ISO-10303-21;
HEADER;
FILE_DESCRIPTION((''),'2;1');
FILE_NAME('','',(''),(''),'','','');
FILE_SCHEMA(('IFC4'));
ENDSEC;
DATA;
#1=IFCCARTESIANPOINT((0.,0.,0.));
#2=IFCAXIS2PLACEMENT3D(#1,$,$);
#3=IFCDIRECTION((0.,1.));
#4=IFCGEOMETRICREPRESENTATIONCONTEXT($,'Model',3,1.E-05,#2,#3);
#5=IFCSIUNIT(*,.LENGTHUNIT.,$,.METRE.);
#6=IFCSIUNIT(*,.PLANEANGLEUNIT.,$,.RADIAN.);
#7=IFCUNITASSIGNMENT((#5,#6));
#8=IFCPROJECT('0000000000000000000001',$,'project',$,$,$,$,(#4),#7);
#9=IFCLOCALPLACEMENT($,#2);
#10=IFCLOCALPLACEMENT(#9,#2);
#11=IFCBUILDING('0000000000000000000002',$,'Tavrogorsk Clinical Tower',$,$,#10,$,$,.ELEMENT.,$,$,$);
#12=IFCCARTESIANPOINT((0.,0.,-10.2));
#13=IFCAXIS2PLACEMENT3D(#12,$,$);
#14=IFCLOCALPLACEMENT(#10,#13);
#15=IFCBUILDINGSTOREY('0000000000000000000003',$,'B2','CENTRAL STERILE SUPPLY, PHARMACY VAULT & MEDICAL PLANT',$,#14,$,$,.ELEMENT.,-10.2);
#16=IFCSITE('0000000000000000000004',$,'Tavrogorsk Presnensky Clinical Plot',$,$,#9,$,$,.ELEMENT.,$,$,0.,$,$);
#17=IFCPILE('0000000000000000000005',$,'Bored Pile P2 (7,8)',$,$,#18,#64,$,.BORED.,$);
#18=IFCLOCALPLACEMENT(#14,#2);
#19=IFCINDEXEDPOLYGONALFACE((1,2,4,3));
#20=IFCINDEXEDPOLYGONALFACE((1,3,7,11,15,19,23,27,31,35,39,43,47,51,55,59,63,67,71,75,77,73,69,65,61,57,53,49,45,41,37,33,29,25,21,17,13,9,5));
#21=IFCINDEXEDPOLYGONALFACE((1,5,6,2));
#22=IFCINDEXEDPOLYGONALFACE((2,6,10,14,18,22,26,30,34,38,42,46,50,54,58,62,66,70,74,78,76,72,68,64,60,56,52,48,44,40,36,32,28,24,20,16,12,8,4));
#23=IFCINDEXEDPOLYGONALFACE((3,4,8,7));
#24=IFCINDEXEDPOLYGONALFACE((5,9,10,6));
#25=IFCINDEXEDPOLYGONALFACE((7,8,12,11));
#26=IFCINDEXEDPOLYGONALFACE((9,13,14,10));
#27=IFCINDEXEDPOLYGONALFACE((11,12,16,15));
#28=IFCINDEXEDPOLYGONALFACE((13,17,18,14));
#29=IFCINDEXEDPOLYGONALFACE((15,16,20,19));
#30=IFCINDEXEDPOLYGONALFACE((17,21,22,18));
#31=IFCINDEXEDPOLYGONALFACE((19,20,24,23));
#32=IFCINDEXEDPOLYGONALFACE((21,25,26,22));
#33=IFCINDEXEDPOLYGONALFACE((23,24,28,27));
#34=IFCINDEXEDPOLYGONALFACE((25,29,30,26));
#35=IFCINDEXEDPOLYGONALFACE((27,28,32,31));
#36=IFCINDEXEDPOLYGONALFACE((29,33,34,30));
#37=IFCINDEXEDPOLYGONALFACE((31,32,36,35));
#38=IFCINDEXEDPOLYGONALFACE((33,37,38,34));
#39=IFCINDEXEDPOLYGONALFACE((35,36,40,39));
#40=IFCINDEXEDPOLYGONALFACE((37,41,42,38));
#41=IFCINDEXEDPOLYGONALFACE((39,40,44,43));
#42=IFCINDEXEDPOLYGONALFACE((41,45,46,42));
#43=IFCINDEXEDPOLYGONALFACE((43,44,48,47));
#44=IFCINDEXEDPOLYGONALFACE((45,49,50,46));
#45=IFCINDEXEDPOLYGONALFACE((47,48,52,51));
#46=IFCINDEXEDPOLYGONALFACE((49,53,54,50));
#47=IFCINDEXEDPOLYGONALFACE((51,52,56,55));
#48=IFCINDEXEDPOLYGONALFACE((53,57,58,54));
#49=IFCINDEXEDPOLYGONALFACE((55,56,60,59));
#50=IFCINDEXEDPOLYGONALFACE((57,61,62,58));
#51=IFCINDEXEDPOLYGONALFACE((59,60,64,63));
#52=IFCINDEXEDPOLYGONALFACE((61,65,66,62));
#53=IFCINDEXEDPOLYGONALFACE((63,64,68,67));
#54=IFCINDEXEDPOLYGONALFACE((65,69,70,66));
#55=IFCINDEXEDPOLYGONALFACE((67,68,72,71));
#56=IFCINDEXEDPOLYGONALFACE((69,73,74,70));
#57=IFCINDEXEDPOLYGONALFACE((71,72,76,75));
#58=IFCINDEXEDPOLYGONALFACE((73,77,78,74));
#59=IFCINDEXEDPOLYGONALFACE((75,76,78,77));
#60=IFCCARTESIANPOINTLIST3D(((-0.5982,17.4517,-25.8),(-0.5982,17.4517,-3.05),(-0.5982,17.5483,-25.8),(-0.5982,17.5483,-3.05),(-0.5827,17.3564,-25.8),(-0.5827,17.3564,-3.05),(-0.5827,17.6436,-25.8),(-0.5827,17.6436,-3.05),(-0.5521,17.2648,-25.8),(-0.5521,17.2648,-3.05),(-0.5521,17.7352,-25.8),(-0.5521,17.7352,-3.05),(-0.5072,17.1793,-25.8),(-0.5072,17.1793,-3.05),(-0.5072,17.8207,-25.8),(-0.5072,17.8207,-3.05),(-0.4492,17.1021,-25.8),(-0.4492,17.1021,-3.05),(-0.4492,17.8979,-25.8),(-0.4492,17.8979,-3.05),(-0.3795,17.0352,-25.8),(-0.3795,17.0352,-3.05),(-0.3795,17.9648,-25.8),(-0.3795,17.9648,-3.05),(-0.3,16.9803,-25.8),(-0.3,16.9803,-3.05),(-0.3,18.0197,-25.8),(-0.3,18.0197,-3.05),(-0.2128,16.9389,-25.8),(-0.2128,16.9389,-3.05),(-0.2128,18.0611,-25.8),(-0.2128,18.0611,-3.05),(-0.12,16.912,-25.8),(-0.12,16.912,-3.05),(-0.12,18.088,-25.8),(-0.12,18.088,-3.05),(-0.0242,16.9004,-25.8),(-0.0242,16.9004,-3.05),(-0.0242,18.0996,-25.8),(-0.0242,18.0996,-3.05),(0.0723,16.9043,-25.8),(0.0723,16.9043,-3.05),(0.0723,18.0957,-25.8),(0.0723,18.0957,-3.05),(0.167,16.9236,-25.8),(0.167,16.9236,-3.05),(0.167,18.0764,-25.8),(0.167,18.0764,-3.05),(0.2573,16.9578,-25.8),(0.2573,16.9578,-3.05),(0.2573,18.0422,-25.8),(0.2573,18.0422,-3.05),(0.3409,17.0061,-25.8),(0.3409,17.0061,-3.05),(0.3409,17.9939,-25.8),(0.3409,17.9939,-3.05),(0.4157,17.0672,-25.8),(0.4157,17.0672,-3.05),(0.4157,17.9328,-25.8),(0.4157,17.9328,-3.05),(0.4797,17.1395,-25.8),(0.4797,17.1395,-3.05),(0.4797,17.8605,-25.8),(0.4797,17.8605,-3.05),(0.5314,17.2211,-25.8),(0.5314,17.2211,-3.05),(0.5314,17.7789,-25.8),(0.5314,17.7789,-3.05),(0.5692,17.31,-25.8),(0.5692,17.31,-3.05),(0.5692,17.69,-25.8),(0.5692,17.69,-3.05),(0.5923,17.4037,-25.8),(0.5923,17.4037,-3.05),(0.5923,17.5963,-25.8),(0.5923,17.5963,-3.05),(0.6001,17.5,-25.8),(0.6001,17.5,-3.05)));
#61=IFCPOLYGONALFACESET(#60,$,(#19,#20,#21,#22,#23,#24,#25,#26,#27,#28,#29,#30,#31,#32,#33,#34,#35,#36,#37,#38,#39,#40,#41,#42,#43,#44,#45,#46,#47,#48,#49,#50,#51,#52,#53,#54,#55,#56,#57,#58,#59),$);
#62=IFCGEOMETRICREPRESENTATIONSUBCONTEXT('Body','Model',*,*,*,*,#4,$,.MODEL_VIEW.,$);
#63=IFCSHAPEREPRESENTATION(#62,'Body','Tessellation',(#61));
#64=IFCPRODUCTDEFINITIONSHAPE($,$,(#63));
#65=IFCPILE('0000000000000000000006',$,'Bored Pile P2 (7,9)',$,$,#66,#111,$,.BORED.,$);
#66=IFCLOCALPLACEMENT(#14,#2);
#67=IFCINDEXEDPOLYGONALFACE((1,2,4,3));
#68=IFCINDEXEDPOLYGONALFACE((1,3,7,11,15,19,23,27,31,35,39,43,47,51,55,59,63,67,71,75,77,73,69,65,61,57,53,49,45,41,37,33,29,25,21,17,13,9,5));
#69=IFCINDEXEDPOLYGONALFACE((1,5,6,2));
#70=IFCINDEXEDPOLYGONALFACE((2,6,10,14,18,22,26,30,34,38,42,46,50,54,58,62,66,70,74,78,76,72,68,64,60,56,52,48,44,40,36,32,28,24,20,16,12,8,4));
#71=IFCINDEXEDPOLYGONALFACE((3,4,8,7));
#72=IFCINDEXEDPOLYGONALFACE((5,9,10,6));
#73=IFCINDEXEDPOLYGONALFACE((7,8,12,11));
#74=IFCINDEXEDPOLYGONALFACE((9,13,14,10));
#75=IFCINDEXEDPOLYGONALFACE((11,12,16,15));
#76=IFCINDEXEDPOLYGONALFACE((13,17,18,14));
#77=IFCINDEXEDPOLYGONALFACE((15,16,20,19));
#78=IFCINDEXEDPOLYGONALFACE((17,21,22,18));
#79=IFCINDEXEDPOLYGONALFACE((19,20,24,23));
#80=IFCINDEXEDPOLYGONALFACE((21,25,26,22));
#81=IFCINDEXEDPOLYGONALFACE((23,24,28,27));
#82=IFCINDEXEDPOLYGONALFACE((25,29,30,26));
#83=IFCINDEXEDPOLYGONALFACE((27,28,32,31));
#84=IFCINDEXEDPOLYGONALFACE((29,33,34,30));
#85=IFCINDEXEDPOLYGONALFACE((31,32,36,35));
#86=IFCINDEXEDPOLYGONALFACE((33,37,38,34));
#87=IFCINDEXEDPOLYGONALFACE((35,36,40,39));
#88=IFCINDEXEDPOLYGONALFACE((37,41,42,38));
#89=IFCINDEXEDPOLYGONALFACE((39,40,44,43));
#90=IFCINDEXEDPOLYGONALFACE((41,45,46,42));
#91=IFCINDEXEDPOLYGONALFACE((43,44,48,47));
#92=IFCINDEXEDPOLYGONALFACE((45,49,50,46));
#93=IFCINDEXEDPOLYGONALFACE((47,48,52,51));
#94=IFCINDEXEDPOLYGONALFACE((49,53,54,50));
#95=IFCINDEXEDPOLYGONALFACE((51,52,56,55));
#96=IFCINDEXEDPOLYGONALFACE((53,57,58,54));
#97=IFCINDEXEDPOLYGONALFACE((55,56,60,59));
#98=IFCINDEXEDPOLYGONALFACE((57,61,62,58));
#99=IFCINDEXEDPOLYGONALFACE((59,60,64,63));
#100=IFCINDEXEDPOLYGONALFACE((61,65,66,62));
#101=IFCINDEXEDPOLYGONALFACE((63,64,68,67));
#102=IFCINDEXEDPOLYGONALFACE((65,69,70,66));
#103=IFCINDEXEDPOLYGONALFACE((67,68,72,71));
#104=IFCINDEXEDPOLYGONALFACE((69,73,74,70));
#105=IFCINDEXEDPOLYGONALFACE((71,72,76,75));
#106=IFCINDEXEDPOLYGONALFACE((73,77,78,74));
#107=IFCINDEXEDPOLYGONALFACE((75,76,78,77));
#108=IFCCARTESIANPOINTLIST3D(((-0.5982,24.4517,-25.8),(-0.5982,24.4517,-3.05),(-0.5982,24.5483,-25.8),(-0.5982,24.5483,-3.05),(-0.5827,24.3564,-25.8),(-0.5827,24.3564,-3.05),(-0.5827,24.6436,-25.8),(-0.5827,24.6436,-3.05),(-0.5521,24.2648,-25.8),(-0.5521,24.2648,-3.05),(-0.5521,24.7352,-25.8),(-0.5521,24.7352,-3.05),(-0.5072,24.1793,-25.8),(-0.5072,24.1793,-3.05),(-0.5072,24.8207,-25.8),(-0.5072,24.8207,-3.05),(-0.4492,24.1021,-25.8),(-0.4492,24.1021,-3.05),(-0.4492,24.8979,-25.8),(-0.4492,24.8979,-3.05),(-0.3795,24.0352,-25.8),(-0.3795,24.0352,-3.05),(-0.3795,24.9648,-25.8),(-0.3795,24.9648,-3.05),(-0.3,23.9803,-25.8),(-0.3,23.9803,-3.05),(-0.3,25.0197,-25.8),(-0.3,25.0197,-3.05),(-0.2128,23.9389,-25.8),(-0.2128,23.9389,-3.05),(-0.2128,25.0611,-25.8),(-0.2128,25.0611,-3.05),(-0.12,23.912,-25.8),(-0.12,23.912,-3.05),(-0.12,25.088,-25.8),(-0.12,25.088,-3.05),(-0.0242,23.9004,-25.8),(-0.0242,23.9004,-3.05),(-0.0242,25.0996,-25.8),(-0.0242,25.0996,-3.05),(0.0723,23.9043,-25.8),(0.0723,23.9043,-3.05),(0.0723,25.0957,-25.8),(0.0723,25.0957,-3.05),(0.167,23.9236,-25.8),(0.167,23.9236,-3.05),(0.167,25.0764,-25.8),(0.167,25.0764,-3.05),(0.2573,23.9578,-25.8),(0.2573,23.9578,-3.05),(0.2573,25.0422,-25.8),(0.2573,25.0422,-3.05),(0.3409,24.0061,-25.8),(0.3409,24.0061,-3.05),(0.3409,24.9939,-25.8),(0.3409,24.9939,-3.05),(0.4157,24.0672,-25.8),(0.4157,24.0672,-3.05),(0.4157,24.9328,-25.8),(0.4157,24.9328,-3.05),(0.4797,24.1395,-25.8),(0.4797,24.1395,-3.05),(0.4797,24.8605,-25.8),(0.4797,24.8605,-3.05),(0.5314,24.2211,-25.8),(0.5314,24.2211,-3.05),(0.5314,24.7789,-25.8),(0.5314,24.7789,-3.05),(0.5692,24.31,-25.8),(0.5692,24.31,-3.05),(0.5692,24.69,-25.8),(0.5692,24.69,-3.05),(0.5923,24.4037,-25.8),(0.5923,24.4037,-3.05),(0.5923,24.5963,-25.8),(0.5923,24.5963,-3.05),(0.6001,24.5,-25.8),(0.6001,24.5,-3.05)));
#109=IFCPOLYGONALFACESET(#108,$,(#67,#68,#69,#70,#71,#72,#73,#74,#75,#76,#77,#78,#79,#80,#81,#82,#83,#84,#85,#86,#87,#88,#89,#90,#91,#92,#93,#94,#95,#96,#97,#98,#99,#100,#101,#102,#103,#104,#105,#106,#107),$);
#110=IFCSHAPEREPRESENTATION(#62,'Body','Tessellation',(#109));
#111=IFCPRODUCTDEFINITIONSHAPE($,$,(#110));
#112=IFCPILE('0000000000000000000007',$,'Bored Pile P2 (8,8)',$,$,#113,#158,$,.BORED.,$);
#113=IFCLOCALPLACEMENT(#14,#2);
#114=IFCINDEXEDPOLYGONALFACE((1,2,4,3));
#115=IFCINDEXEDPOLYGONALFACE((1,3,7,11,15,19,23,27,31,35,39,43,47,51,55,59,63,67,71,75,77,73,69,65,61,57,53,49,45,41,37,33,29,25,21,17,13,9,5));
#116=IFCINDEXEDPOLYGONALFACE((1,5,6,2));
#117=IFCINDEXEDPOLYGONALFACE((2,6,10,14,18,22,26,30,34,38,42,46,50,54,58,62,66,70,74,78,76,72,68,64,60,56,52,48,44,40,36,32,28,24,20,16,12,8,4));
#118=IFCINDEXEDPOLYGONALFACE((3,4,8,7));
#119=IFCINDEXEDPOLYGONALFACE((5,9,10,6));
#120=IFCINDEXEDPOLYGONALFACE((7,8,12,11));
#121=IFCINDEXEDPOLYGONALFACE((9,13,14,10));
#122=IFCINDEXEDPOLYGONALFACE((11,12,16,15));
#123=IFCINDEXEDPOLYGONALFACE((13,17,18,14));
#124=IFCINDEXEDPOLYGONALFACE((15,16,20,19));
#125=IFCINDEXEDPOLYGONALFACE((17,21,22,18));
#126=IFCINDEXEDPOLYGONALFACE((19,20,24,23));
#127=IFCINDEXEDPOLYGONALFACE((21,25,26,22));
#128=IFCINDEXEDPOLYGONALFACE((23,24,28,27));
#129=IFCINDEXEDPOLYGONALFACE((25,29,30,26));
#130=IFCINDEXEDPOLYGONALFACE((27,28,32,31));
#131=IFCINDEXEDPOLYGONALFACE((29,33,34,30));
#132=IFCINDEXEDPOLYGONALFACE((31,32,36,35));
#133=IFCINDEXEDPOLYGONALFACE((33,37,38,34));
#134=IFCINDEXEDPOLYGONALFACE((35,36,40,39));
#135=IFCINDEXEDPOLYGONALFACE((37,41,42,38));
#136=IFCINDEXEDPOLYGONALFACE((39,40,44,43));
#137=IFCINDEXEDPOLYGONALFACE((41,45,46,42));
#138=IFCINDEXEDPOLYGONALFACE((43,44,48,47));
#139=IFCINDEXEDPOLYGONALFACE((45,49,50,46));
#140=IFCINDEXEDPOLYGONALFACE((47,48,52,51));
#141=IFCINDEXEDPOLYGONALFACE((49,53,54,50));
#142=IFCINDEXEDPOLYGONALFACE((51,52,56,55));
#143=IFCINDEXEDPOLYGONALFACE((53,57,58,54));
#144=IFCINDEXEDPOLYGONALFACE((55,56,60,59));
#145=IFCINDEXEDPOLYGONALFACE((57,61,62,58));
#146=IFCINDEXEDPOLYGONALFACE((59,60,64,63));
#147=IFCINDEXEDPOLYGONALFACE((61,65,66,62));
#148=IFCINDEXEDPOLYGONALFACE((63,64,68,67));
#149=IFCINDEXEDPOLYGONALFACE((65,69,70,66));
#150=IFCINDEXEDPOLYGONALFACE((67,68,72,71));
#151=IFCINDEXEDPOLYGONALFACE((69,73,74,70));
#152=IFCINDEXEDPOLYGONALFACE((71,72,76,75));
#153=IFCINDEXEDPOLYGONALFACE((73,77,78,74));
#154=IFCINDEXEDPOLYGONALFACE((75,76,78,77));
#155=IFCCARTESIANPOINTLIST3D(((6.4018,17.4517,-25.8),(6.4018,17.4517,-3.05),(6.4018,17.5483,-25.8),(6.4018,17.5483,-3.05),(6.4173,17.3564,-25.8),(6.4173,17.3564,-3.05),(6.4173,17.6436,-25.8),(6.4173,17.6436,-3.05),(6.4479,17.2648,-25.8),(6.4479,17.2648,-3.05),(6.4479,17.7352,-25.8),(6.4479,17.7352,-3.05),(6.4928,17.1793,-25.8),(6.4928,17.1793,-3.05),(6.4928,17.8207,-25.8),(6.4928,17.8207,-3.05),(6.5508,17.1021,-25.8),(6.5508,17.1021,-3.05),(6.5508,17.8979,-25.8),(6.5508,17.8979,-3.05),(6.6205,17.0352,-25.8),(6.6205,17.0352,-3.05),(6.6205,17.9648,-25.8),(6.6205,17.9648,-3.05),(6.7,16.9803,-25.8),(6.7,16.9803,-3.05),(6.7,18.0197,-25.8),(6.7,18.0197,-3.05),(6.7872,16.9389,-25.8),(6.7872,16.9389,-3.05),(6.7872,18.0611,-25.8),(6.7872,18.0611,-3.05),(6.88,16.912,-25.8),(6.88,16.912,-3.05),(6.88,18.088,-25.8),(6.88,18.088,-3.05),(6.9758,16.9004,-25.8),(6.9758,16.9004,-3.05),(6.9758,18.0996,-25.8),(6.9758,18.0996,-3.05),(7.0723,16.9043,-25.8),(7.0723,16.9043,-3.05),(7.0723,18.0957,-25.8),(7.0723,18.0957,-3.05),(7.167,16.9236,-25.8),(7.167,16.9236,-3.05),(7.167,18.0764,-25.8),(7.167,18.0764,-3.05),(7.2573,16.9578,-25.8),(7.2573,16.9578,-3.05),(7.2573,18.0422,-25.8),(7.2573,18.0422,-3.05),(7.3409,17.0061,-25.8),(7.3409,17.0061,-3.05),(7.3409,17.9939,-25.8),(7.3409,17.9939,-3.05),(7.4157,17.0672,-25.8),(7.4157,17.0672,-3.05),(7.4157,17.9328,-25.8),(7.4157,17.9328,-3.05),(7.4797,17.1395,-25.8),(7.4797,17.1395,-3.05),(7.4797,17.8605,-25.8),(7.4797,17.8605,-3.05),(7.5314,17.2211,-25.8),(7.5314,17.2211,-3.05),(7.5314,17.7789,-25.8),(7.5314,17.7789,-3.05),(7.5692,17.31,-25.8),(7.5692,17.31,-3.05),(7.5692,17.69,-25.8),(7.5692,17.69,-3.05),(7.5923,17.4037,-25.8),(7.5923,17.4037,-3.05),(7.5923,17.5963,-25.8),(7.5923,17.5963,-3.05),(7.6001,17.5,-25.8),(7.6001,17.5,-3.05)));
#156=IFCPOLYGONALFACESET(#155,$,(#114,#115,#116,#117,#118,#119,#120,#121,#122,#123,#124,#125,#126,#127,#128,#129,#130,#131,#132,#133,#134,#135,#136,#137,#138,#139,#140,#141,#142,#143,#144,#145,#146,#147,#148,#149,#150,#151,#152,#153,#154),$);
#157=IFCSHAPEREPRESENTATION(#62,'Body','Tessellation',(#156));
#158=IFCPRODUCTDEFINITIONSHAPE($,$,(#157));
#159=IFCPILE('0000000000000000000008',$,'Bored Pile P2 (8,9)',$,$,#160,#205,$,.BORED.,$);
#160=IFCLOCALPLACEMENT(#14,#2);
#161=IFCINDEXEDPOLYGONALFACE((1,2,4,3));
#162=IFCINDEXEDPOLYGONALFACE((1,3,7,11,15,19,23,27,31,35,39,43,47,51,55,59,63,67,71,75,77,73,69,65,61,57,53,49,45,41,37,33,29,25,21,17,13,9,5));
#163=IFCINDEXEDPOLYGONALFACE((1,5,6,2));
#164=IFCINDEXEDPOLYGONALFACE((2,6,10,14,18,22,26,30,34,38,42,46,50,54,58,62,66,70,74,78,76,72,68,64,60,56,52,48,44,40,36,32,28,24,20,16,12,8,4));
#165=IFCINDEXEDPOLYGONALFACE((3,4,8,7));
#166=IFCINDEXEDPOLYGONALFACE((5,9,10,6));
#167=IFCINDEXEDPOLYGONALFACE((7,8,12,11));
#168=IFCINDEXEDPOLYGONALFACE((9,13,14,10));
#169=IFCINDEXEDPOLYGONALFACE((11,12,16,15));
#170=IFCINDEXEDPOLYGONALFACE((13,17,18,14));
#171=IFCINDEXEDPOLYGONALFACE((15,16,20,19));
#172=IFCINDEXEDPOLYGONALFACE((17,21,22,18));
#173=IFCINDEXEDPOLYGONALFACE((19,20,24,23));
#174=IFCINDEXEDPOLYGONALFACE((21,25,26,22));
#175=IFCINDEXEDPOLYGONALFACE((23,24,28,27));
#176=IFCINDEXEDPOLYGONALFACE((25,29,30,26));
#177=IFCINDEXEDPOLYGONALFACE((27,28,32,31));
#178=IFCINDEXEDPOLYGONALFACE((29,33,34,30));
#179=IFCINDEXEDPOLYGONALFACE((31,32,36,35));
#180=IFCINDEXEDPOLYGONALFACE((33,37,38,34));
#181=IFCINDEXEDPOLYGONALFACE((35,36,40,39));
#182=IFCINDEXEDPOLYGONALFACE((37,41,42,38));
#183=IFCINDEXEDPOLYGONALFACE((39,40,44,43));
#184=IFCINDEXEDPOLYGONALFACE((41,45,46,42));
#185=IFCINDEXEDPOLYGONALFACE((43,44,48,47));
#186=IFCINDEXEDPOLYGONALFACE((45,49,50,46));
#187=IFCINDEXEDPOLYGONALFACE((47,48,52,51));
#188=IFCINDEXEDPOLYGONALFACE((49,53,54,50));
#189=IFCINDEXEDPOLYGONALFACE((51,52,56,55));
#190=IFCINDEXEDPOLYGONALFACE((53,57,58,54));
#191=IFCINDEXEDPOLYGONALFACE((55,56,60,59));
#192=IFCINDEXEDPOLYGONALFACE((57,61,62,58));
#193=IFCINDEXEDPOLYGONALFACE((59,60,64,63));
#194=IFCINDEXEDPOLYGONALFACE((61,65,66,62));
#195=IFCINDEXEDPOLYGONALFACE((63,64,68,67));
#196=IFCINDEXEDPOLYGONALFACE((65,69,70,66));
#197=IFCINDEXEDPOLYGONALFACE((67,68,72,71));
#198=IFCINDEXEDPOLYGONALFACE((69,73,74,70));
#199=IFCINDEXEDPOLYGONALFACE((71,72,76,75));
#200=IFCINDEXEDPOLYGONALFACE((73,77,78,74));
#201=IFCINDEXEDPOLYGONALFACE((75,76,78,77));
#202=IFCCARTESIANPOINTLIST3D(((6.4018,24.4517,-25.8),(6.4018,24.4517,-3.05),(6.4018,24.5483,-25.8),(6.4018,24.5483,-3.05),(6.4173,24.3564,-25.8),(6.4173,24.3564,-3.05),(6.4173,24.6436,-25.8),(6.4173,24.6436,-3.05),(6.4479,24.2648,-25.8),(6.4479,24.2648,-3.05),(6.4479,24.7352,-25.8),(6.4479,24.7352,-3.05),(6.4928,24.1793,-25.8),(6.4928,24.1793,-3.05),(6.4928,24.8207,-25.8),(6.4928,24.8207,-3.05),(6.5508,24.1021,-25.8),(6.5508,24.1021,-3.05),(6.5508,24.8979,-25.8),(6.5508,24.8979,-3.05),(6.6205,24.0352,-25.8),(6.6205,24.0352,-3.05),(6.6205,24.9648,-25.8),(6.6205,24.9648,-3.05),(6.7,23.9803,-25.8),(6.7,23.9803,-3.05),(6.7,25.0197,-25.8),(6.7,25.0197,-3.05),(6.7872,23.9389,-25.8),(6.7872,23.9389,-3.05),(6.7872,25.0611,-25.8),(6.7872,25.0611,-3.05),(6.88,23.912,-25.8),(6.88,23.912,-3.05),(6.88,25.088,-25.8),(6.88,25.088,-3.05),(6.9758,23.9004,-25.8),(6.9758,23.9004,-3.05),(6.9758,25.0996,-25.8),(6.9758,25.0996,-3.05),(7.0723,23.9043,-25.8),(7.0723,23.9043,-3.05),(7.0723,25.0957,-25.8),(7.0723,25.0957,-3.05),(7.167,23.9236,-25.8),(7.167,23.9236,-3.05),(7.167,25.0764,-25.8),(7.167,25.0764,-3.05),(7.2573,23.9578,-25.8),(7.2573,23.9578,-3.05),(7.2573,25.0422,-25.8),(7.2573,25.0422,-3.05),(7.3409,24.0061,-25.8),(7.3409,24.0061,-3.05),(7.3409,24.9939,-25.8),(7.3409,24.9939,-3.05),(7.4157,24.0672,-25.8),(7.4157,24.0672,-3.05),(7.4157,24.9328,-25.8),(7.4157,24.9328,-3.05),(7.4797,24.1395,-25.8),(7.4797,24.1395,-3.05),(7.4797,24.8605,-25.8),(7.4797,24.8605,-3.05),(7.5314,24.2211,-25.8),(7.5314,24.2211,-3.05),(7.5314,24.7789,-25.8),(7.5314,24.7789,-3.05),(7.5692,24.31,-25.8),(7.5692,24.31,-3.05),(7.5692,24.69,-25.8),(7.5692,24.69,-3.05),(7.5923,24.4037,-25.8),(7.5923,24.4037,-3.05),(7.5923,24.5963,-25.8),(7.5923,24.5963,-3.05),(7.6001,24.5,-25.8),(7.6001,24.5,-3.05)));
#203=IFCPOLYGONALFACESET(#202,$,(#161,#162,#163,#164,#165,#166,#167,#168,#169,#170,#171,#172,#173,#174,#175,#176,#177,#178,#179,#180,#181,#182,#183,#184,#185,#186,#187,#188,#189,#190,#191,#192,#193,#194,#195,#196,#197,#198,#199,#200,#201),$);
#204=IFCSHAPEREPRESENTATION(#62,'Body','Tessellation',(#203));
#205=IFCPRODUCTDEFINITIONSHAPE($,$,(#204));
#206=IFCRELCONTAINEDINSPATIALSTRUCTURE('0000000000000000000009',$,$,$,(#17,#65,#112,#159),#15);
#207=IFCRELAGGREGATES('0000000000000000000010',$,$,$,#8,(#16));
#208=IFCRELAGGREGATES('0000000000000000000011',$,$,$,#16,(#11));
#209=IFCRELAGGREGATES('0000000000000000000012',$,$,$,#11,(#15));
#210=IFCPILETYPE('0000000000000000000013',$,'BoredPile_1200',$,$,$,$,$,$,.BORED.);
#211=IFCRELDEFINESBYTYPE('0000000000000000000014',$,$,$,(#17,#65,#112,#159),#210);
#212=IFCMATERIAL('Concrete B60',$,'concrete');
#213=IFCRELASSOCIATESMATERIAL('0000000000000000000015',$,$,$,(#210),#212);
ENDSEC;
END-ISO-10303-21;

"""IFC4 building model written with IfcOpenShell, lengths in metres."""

from ifc_helpers import new_model, si_unit, direction, frame, origin, origin_2d, place, context, subcontext, project, spatial, circle, extrude, material, material_profile, profile_set, type_object, element, save


model = new_model("IFC4")

# Units and contexts
model_context = context("Model", 3, precision=1e-05, world=origin(), true_north=direction((0.0, 1.0)))
body_context = subcontext(model_context, "Body", "Model", "MODEL_VIEW")
ifc_project = project(units=[si_unit("LENGTHUNIT", "METRE"), si_unit("PLANEANGLEUNIT", "RADIAN")], contexts=[model_context])

# Site, building, storey
site_placement = place(None, origin())
site = spatial("IfcSite", under=ifc_project, at=site_placement, Name="Tavrogorsk Presnensky Clinical Plot", CompositionType="ELEMENT", RefElevation=0.0)
building_placement = place(site_placement, origin())
building = spatial("IfcBuilding", under=site, at=building_placement, Name="Tavrogorsk Clinical Tower", CompositionType="ELEMENT")
storey_placement = place(building_placement, frame((0.0, 0.0, -10.2)))
storey = spatial("IfcBuildingStorey", under=building, at=storey_placement, Name="B2", Description="CENTRAL STERILE SUPPLY, PHARMACY VAULT & MEDICAL PLANT", CompositionType="ELEMENT", Elevation=-10.2)

# Piles
ifc_material_1 = material(Name="Concrete B60", Category="concrete")
ifc_material_profile_1 = material_profile(ifc_material_1, circle(Radius=0.6001, at=origin_2d()), Name="BORED-PILE-1200")
ifc_profile_set_1 = profile_set([ifc_material_profile_1], Name="Concrete B60")
pile_type_1 = type_object("IfcPileType", Name="BoredPile_1200", PredefinedType="BORED", material=ifc_profile_set_1)
for number, where, z_axis, x_axis, name in (
    (1, (0.0, 17.5, -3.05), (0.0, 0.0, -1.0), (1.0, 0.0, 0.0), "Bored Pile P2 (7,8)"),
    (2, (0.0, 24.5, -3.05), (0.0, 0.0, -1.0), (1.0, 0.0, 0.0), "Bored Pile P2 (7,9)"),
    (3, (7.0, 17.5, -3.05), (0.0, 0.0, -1.0), (1.0, 0.0, 0.0), "Bored Pile P2 (8,8)"),
    (4, (7.0, 24.5, -3.05), (0.0, 0.0, -1.0), (1.0, 0.0, 0.0), "Bored Pile P2 (8,9)"),
):
    element("IfcPile", number, at=place(storey_placement, frame(where, z_axis=z_axis, x_axis=x_axis)), inside=storey, type_object=pile_type_1, Name=name, PredefinedType="BORED", context=body_context, shape_type="SweptSolid", body=[
        extrude(circle(Radius=0.6001, at=origin_2d()), origin(), (0.0, 0.0, 1.0), 22.75),
    ])

save(model, "model.ifc")
